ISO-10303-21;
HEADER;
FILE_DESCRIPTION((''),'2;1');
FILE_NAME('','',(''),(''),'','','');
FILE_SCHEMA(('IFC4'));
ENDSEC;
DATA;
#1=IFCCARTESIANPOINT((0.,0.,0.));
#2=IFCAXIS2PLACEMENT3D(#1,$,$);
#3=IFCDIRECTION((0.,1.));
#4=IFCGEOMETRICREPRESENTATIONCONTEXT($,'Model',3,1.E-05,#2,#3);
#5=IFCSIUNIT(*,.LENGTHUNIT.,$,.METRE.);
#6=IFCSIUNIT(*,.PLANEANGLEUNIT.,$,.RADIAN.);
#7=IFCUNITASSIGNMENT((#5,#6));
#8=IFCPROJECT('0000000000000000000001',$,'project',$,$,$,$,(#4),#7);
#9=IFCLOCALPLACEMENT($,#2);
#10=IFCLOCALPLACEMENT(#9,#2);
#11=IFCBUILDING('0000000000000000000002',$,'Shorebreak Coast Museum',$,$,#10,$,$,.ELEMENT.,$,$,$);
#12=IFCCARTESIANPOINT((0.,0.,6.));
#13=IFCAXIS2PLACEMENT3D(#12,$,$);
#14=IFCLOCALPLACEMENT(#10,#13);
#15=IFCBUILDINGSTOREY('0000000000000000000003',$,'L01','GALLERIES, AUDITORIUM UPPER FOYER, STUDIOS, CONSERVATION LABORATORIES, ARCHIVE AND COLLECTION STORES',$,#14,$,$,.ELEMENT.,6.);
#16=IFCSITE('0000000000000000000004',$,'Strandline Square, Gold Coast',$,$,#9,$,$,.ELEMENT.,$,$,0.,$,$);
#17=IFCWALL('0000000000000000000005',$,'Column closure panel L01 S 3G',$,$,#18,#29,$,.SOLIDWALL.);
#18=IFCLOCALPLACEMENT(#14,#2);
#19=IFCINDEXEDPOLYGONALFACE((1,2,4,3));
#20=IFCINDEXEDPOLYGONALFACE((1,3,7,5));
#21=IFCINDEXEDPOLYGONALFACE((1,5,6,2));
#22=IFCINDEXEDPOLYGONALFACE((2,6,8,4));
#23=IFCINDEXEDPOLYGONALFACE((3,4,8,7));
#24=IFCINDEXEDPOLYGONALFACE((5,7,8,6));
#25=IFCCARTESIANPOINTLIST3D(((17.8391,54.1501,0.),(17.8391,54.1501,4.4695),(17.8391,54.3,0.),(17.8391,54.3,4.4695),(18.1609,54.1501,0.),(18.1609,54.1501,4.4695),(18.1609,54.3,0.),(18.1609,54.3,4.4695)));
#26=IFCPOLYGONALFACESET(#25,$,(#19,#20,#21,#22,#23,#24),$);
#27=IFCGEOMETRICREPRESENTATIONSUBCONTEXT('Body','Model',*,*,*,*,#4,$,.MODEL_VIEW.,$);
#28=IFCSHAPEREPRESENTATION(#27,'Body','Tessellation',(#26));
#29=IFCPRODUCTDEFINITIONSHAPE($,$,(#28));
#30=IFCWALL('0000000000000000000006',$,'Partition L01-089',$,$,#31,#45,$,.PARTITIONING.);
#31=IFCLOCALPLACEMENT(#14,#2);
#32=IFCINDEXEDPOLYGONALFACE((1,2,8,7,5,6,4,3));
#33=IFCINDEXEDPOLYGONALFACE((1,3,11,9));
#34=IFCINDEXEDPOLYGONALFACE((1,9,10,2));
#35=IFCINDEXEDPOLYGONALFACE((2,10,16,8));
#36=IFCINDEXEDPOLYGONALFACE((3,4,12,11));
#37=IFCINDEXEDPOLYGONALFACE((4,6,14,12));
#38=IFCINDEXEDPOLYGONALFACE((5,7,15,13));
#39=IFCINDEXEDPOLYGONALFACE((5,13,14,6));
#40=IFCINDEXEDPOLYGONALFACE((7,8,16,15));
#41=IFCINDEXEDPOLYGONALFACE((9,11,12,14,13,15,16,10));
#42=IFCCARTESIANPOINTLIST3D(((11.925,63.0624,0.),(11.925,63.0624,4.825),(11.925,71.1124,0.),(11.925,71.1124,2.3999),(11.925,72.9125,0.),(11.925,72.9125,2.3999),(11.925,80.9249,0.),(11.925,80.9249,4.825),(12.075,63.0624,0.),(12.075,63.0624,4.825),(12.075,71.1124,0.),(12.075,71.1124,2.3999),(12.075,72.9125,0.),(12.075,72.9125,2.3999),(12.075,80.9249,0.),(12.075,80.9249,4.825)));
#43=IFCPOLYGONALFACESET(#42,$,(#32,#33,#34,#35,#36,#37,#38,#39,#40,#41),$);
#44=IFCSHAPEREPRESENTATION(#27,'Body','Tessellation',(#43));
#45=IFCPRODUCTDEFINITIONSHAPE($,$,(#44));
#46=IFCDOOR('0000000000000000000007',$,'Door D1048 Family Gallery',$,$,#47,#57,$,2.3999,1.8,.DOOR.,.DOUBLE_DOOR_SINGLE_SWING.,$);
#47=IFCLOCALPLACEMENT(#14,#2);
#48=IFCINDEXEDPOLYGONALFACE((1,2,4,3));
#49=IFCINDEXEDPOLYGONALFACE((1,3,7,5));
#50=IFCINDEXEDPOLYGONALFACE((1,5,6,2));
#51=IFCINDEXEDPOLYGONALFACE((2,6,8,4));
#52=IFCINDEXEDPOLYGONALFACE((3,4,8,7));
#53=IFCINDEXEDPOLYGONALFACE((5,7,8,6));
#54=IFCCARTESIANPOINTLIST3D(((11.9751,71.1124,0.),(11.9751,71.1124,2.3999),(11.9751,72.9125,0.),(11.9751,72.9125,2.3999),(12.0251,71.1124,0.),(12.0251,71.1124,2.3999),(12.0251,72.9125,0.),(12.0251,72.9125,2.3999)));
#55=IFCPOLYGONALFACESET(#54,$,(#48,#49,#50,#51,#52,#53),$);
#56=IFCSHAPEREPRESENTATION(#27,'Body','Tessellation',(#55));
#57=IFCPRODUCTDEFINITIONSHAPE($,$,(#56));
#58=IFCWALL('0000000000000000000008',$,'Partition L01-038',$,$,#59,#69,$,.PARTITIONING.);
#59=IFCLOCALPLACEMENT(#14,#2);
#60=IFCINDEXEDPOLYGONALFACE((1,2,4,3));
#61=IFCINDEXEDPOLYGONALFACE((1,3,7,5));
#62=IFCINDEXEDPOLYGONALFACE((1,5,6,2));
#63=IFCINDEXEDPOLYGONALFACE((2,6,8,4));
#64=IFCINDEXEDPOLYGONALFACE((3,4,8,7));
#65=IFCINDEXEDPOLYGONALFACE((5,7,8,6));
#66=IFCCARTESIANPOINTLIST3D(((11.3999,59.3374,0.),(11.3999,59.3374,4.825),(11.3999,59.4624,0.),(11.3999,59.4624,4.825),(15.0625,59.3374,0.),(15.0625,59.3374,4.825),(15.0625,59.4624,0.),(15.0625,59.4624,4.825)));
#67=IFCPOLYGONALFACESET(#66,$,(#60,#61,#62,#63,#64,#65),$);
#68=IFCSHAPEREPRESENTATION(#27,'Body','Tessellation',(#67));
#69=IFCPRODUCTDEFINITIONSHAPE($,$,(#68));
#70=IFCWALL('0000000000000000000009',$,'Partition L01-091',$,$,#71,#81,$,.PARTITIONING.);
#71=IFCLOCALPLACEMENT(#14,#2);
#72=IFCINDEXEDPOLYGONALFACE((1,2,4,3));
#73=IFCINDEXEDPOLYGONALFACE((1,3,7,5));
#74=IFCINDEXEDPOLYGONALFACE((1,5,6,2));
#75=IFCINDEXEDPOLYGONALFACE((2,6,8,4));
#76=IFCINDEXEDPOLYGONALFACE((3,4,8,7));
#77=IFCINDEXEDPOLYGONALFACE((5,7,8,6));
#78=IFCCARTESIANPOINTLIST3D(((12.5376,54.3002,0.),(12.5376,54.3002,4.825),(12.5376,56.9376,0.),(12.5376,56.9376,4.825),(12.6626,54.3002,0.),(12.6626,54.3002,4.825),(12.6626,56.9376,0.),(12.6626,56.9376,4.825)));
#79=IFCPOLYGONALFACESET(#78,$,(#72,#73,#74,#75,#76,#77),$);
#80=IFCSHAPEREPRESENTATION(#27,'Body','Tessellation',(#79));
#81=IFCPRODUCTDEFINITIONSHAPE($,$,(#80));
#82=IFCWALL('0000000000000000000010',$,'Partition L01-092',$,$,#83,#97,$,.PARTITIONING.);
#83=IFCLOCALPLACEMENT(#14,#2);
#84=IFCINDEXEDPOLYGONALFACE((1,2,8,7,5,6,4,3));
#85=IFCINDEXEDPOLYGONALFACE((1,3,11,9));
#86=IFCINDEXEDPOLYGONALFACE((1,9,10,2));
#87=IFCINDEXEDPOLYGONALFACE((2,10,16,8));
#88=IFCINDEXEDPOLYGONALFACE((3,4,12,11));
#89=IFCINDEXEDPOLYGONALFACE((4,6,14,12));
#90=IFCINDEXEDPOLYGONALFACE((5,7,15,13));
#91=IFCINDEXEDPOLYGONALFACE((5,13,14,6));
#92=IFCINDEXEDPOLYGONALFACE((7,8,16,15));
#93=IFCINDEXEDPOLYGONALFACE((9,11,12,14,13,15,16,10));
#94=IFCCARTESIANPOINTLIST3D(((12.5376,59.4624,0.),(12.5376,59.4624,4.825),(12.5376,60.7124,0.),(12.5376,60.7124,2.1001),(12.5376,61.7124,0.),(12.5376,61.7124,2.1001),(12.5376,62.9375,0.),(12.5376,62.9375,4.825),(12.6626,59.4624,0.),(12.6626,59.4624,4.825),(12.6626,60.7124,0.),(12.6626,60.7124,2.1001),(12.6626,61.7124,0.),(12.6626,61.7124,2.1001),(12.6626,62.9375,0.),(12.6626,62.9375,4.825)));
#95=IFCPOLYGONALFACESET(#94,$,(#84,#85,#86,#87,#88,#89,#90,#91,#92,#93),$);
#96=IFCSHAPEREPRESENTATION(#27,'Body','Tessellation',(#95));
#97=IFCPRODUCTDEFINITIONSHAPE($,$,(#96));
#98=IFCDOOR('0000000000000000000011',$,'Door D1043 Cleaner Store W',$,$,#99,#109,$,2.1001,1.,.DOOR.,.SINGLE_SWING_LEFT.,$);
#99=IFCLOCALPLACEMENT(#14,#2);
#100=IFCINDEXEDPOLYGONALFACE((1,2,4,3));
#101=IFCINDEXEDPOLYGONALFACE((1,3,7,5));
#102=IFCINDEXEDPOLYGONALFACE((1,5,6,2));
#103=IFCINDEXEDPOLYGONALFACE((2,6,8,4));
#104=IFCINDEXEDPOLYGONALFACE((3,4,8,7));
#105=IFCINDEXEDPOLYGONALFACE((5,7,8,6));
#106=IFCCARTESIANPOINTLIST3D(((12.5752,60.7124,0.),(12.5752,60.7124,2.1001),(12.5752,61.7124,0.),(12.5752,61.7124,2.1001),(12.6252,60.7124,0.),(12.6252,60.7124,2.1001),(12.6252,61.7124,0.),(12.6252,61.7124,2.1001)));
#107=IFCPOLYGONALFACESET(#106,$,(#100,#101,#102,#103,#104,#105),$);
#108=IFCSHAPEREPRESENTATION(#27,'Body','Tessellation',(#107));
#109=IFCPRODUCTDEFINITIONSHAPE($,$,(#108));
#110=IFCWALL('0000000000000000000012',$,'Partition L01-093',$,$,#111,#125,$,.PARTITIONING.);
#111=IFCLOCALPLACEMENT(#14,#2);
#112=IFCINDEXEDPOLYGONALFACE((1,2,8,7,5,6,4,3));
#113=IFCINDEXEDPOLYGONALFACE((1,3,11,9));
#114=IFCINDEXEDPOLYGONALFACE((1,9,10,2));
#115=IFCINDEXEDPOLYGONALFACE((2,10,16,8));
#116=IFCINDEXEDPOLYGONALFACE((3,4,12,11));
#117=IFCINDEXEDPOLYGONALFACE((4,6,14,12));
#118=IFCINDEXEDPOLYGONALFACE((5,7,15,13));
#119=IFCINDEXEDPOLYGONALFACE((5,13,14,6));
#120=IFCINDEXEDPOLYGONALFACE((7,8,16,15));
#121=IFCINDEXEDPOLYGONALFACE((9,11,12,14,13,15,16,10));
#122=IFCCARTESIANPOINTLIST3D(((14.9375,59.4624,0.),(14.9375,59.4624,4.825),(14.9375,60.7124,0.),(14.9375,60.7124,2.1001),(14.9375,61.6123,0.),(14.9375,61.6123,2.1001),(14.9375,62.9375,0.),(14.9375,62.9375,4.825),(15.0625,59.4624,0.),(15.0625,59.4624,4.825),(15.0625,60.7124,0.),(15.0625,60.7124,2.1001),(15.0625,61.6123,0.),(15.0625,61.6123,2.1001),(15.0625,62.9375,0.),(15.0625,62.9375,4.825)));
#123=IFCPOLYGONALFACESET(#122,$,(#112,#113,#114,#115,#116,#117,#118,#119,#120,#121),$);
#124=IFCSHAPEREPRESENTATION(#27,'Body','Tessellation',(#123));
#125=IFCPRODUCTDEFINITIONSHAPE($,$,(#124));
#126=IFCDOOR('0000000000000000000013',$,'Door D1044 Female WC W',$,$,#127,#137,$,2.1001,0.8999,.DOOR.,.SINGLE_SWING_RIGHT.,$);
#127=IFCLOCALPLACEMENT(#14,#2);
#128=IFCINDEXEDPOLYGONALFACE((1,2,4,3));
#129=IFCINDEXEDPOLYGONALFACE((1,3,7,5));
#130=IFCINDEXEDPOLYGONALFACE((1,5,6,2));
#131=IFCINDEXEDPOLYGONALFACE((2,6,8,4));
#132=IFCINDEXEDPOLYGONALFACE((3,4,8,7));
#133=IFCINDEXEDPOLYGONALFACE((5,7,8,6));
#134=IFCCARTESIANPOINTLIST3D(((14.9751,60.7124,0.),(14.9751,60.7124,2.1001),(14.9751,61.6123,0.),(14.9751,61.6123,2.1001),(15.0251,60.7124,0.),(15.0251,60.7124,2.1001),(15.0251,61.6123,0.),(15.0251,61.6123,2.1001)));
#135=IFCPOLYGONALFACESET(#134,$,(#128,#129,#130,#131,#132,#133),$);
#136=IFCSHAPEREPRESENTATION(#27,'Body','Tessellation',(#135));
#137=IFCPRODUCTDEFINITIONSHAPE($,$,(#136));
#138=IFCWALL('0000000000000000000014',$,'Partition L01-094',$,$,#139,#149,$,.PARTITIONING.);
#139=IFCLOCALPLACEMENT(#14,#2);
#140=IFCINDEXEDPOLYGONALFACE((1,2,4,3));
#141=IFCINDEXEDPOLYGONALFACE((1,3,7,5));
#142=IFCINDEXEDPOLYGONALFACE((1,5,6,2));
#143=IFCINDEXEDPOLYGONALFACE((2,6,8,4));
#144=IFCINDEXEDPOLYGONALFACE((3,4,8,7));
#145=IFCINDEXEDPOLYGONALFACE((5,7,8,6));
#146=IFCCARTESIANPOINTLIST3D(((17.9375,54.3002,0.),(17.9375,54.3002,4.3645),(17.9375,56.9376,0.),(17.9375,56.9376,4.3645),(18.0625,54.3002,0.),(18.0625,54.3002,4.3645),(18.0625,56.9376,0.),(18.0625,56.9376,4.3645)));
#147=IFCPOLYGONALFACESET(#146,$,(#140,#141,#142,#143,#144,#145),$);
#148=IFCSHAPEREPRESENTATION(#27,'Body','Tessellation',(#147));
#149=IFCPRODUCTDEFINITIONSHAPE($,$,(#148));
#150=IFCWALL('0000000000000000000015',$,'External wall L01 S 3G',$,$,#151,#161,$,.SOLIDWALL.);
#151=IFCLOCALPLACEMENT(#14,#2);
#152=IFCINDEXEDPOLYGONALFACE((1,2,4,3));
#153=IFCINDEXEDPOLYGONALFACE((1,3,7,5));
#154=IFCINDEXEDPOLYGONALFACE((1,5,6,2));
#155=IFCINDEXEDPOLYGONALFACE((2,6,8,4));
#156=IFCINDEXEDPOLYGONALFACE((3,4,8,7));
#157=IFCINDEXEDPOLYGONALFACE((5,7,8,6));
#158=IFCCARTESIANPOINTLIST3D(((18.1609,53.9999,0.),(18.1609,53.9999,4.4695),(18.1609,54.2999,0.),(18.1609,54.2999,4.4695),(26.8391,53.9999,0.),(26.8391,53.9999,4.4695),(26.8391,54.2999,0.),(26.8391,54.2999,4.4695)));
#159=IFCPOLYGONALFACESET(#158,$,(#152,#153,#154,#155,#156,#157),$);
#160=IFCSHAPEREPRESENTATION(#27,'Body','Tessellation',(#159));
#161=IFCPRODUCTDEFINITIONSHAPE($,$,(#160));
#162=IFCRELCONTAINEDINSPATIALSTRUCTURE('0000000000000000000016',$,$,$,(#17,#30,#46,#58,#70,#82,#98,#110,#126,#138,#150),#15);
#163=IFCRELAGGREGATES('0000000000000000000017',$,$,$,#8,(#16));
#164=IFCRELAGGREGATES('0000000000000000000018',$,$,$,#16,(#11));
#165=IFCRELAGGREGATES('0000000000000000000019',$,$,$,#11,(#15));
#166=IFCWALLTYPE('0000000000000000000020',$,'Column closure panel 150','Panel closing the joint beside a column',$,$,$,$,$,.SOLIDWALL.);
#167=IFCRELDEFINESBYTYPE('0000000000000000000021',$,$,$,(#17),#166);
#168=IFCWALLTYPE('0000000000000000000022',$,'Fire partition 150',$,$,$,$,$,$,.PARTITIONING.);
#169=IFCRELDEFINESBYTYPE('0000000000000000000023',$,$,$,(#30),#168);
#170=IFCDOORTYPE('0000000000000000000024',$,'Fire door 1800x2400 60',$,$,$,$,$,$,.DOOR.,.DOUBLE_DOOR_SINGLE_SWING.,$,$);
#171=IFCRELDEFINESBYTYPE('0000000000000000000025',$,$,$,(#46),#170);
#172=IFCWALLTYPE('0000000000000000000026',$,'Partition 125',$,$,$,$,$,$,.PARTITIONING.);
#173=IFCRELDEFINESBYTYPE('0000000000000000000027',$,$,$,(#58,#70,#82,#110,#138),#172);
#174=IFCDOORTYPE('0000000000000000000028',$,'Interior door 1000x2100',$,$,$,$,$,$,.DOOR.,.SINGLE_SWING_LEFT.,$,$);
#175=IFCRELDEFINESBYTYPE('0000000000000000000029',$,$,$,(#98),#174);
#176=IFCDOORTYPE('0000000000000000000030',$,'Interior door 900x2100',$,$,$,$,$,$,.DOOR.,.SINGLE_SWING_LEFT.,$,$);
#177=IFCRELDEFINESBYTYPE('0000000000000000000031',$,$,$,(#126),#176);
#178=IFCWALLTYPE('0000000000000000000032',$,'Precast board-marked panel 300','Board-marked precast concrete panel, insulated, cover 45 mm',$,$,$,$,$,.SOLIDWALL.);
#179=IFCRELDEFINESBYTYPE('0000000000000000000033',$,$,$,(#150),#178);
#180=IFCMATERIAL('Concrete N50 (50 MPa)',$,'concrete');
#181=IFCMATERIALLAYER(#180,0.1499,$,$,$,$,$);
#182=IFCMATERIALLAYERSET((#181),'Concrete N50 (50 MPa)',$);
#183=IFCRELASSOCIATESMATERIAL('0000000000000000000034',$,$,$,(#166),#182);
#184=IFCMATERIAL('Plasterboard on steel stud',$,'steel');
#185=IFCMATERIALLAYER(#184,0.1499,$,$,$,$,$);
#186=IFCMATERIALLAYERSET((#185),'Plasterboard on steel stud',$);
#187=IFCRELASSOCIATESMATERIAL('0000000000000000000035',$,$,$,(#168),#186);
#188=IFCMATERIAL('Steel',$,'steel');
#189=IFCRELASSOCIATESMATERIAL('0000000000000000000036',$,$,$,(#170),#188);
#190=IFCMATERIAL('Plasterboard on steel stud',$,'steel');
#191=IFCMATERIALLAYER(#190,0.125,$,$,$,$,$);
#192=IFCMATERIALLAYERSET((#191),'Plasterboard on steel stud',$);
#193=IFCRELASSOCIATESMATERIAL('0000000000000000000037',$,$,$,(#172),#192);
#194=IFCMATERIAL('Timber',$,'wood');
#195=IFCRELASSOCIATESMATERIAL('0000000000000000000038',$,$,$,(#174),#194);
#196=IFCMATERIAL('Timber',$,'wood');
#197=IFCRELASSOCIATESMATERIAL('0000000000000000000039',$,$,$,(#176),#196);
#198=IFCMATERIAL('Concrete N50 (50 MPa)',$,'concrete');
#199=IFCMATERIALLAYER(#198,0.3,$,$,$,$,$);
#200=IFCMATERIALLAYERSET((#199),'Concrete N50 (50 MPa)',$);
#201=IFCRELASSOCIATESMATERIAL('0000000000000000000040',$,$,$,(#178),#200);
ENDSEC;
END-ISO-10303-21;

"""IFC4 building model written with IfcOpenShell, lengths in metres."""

from ifc_helpers import new_model, si_unit, direction, frame, frame_2d, origin, place, context, subcontext, project, spatial, rectangle, extrude, material, layer, layer_set, type_object, element, fill, save


model = new_model("IFC4")

# Units and contexts
model_context = context("Model", 3, precision=1e-05, world=origin(), true_north=direction((0.0, 1.0)))
body_context = subcontext(model_context, "Body", "Model", "MODEL_VIEW")
ifc_project = project(units=[si_unit("LENGTHUNIT", "METRE"), si_unit("PLANEANGLEUNIT", "RADIAN")], contexts=[model_context])

# Site, building, storey
site_placement = place(None, origin())
site = spatial("IfcSite", under=ifc_project, at=site_placement, Name="Strandline Square, Gold Coast", CompositionType="ELEMENT", RefElevation=0.0)
building_placement = place(site_placement, origin())
building = spatial("IfcBuilding", under=site, at=building_placement, Name="Shorebreak Coast Museum", CompositionType="ELEMENT")
storey_placement = place(building_placement, frame((0.0, 0.0, 6.0)))
storey = spatial("IfcBuildingStorey", under=building, at=storey_placement, Name="L01", Description="GALLERIES, AUDITORIUM UPPER FOYER, STUDIOS, CONSERVATION LABORATORIES, ARCHIVE AND COLLECTION STORES", CompositionType="ELEMENT", Elevation=6.0)

# Wall
ifc_material_1 = material(Name="Concrete N50 (50 MPa)", Category="concrete")
ifc_layer_1 = layer(ifc_material_1, 0.1499)
ifc_layer_set_1 = layer_set([ifc_layer_1], Name="Concrete N50 (50 MPa)")
wall_type_1 = type_object("IfcWallType", Name="Column closure panel 150", Description="Panel closing the joint beside a column", PredefinedType="SOLIDWALL", material=ifc_layer_set_1)
wall_1_placement = place(storey_placement, frame((17.8391, 54.2251, 0.0), z_axis=(0.0, 0.0, 1.0), x_axis=(1.0, 0.0, 0.0)))
element("IfcWall", 1, at=wall_1_placement, inside=storey, type_object=wall_type_1, Name="Column closure panel L01 S 3G", PredefinedType="SOLIDWALL", context=body_context, shape_type="SweptSolid", body=[
    extrude(rectangle(XDim=0.3218, YDim=0.1499, at=frame_2d((0.1609, 0.0))), origin(), (0.0, 0.0, 1.0), 4.4695),
])

# Wall, opening, door
ifc_material_2 = material(Name="Plasterboard on steel stud", Category="steel")
ifc_layer_2 = layer(ifc_material_2, 0.1499)
ifc_layer_set_2 = layer_set([ifc_layer_2], Name="Plasterboard on steel stud")
wall_type_2 = type_object("IfcWallType", Name="Fire partition 150", PredefinedType="PARTITIONING", material=ifc_layer_set_2)
wall_2_placement = place(storey_placement, frame((12.0, 63.0625, 0.0), z_axis=(0.0, 0.0, 1.0), x_axis=(0.0, 1.0, 0.0)))
wall_2 = element("IfcWall", 2, at=wall_2_placement, inside=storey, type_object=wall_type_2, Name="Partition L01-089", PredefinedType="PARTITIONING", context=body_context, shape_type="SweptSolid", body=[
    extrude(rectangle(XDim=17.8625, YDim=0.1499, at=frame_2d((8.9312, 0.0))), origin(), (0.0, 0.0, 1.0), 4.825),
])
opening_1_placement = place(wall_2_placement, frame((8.05, 0.0, 0.0)))
opening_1 = element("IfcOpeningElement", 3, at=opening_1_placement, cuts=wall_2, PredefinedType="OPENING", context=body_context, shape_type="SweptSolid", body=[
    extrude(rectangle(XDim=1.8, YDim=2.3999, at=frame_2d((0.8999, 1.2))), frame((0.0, 0.085, 0.0), z_axis=(0.0, -1.0, 0.0), x_axis=(1.0, 0.0, 0.0)), (0.0, 0.0, 1.0), 0.1699),
])
ifc_material_3 = material(Name="Steel", Category="steel")
door_type_1 = type_object("IfcDoorType", Name="Fire door 1800x2400 60", OperationType="DOUBLE_DOOR_SINGLE_SWING", PredefinedType="DOOR", material=ifc_material_3)
door_1_placement = place(opening_1_placement, origin())
door_1 = element("IfcDoor", 4, at=door_1_placement, inside=storey, type_object=door_type_1, Name="Door D1048 Family Gallery", OperationType="DOUBLE_DOOR_SINGLE_SWING", OverallHeight=2.3999, OverallWidth=1.8, PredefinedType="DOOR", context=body_context, shape_type="SweptSolid", body=[
    extrude(rectangle(XDim=1.8, YDim=2.3999, at=frame_2d((0.8999, 1.2))), frame((0.0, 0.0249, 0.0), z_axis=(0.0, -1.0, 0.0), x_axis=(1.0, 0.0, 0.0)), (0.0, 0.0, 1.0), 0.05),
])
fill(opening_1, door_1)

# Walls
ifc_material_4 = material(Name="Plasterboard on steel stud", Category="steel")
ifc_layer_3 = layer(ifc_material_4, 0.125)
ifc_layer_set_3 = layer_set([ifc_layer_3], Name="Plasterboard on steel stud")
wall_type_3 = type_object("IfcWallType", Name="Partition 125", PredefinedType="PARTITIONING", material=ifc_layer_set_3)
wall_3_placement = place(storey_placement, frame((11.3999, 59.3999, 0.0), z_axis=(0.0, 0.0, 1.0), x_axis=(1.0, 0.0, 0.0)))
element("IfcWall", 5, at=wall_3_placement, inside=storey, type_object=wall_type_3, Name="Partition L01-038", PredefinedType="PARTITIONING", context=body_context, shape_type="SweptSolid", body=[
    extrude(rectangle(XDim=3.6626, YDim=0.125, at=frame_2d((1.8313, 0.0))), origin(), (0.0, 0.0, 1.0), 4.825),
])
wall_4_placement = place(storey_placement, frame((12.6001, 54.3, 0.0), z_axis=(0.0, 0.0, 1.0), x_axis=(0.0, 1.0, 0.0)))
element("IfcWall", 6, at=wall_4_placement, inside=storey, type_object=wall_type_3, Name="Partition L01-091", PredefinedType="PARTITIONING", context=body_context, shape_type="SweptSolid", body=[
    extrude(rectangle(XDim=2.6375, YDim=0.125, at=frame_2d((1.3188, 0.0))), origin(), (0.0, 0.0, 1.0), 4.825),
])

# Walls, openings, doors
wall_5_placement = place(storey_placement, frame((12.6001, 59.4624, 0.0), z_axis=(0.0, 0.0, 1.0), x_axis=(0.0, 1.0, 0.0)))
wall_5 = element("IfcWall", 7, at=wall_5_placement, inside=storey, type_object=wall_type_3, Name="Partition L01-092", PredefinedType="PARTITIONING", context=body_context, shape_type="SweptSolid", body=[
    extrude(rectangle(XDim=3.4751, YDim=0.125, at=frame_2d((1.7375, 0.0))), origin(), (0.0, 0.0, 1.0), 4.825),
])
opening_2_placement = place(wall_5_placement, frame((1.25, 0.0, 0.0)))
opening_2 = element("IfcOpeningElement", 8, at=opening_2_placement, cuts=wall_5, PredefinedType="OPENING", context=body_context, shape_type="SweptSolid", body=[
    extrude(rectangle(XDim=1.0, YDim=2.1001, at=frame_2d((0.5, 1.05))), frame((0.0, 0.0725, 0.0), z_axis=(0.0, -1.0, 0.0), x_axis=(1.0, 0.0, 0.0)), (0.0, 0.0, 1.0), 0.145),
])
ifc_material_5 = material(Name="Timber", Category="wood")
door_type_2 = type_object("IfcDoorType", Name="Interior door 1000x2100", OperationType="SINGLE_SWING_LEFT", PredefinedType="DOOR", material=ifc_material_5)
door_2_placement = place(opening_2_placement, origin())
door_2 = element("IfcDoor", 9, at=door_2_placement, inside=storey, type_object=door_type_2, Name="Door D1043 Cleaner Store W", OperationType="SINGLE_SWING_LEFT", OverallHeight=2.1001, OverallWidth=1.0, PredefinedType="DOOR", context=body_context, shape_type="SweptSolid", body=[
    extrude(rectangle(XDim=1.0, YDim=2.1001, at=frame_2d((0.5, 1.05))), frame((0.0, 0.0249, 0.0), z_axis=(0.0, -1.0, 0.0), x_axis=(1.0, 0.0, 0.0)), (0.0, 0.0, 1.0), 0.05),
])
fill(opening_2, door_2)
wall_6_placement = place(storey_placement, frame((15.0, 59.4624, 0.0), z_axis=(0.0, 0.0, 1.0), x_axis=(0.0, 1.0, 0.0)))
wall_6 = element("IfcWall", 10, at=wall_6_placement, inside=storey, type_object=wall_type_3, Name="Partition L01-093", PredefinedType="PARTITIONING", context=body_context, shape_type="SweptSolid", body=[
    extrude(rectangle(XDim=3.4751, YDim=0.125, at=frame_2d((1.7375, 0.0))), origin(), (0.0, 0.0, 1.0), 4.825),
])
opening_3_placement = place(wall_6_placement, frame((1.25, 0.0, 0.0)))
opening_3 = element("IfcOpeningElement", 11, at=opening_3_placement, cuts=wall_6, PredefinedType="OPENING", context=body_context, shape_type="SweptSolid", body=[
    extrude(rectangle(XDim=0.8999, YDim=2.1001, at=frame_2d((0.45, 1.05))), frame((0.0, 0.0725, 0.0), z_axis=(0.0, -1.0, 0.0), x_axis=(1.0, 0.0, 0.0)), (0.0, 0.0, 1.0), 0.145),
])
ifc_material_6 = material(Name="Timber", Category="wood")
door_type_3 = type_object("IfcDoorType", Name="Interior door 900x2100", OperationType="SINGLE_SWING_LEFT", PredefinedType="DOOR", material=ifc_material_6)
door_3_placement = place(opening_3_placement, origin())
door_3 = element("IfcDoor", 12, at=door_3_placement, inside=storey, type_object=door_type_3, Name="Door D1044 Female WC W", OperationType="SINGLE_SWING_RIGHT", OverallHeight=2.1001, OverallWidth=0.8999, PredefinedType="DOOR", context=body_context, shape_type="SweptSolid", body=[
    extrude(rectangle(XDim=0.8999, YDim=2.1001, at=frame_2d((0.45, 1.05))), frame((0.0, 0.0249, 0.0), z_axis=(0.0, -1.0, 0.0), x_axis=(1.0, 0.0, 0.0)), (0.0, 0.0, 1.0), 0.05),
])
fill(opening_3, door_3)

# Walls
wall_7_placement = place(storey_placement, frame((18.0, 54.3, 0.0), z_axis=(0.0, 0.0, 1.0), x_axis=(0.0, 1.0, 0.0)))
element("IfcWall", 13, at=wall_7_placement, inside=storey, type_object=wall_type_3, Name="Partition L01-094", PredefinedType="PARTITIONING", context=body_context, shape_type="SweptSolid", body=[
    extrude(rectangle(XDim=2.6375, YDim=0.125, at=frame_2d((1.3188, 0.0))), origin(), (0.0, 0.0, 1.0), 4.3645),
])
ifc_material_7 = material(Name="Concrete N50 (50 MPa)", Category="concrete")
ifc_layer_4 = layer(ifc_material_7, 0.3)
ifc_layer_set_4 = layer_set([ifc_layer_4], Name="Concrete N50 (50 MPa)")
wall_type_4 = type_object("IfcWallType", Name="Precast board-marked panel 300", Description="Board-marked precast concrete panel, insulated, cover 45 mm", PredefinedType="SOLIDWALL", material=ifc_layer_set_4)
wall_8_placement = place(storey_placement, frame((18.1609, 54.1499, 0.0), z_axis=(0.0, 0.0, 1.0), x_axis=(1.0, 0.0, 0.0)))
element("IfcWall", 14, at=wall_8_placement, inside=storey, type_object=wall_type_4, Name="External wall L01 S 3G", PredefinedType="SOLIDWALL", context=body_context, shape_type="SweptSolid", body=[
    extrude(rectangle(XDim=8.6782, YDim=0.3, at=frame_2d((4.3391, 0.0))), origin(), (0.0, 0.0, 1.0), 4.4695),
])

save(model, "model.ifc")
